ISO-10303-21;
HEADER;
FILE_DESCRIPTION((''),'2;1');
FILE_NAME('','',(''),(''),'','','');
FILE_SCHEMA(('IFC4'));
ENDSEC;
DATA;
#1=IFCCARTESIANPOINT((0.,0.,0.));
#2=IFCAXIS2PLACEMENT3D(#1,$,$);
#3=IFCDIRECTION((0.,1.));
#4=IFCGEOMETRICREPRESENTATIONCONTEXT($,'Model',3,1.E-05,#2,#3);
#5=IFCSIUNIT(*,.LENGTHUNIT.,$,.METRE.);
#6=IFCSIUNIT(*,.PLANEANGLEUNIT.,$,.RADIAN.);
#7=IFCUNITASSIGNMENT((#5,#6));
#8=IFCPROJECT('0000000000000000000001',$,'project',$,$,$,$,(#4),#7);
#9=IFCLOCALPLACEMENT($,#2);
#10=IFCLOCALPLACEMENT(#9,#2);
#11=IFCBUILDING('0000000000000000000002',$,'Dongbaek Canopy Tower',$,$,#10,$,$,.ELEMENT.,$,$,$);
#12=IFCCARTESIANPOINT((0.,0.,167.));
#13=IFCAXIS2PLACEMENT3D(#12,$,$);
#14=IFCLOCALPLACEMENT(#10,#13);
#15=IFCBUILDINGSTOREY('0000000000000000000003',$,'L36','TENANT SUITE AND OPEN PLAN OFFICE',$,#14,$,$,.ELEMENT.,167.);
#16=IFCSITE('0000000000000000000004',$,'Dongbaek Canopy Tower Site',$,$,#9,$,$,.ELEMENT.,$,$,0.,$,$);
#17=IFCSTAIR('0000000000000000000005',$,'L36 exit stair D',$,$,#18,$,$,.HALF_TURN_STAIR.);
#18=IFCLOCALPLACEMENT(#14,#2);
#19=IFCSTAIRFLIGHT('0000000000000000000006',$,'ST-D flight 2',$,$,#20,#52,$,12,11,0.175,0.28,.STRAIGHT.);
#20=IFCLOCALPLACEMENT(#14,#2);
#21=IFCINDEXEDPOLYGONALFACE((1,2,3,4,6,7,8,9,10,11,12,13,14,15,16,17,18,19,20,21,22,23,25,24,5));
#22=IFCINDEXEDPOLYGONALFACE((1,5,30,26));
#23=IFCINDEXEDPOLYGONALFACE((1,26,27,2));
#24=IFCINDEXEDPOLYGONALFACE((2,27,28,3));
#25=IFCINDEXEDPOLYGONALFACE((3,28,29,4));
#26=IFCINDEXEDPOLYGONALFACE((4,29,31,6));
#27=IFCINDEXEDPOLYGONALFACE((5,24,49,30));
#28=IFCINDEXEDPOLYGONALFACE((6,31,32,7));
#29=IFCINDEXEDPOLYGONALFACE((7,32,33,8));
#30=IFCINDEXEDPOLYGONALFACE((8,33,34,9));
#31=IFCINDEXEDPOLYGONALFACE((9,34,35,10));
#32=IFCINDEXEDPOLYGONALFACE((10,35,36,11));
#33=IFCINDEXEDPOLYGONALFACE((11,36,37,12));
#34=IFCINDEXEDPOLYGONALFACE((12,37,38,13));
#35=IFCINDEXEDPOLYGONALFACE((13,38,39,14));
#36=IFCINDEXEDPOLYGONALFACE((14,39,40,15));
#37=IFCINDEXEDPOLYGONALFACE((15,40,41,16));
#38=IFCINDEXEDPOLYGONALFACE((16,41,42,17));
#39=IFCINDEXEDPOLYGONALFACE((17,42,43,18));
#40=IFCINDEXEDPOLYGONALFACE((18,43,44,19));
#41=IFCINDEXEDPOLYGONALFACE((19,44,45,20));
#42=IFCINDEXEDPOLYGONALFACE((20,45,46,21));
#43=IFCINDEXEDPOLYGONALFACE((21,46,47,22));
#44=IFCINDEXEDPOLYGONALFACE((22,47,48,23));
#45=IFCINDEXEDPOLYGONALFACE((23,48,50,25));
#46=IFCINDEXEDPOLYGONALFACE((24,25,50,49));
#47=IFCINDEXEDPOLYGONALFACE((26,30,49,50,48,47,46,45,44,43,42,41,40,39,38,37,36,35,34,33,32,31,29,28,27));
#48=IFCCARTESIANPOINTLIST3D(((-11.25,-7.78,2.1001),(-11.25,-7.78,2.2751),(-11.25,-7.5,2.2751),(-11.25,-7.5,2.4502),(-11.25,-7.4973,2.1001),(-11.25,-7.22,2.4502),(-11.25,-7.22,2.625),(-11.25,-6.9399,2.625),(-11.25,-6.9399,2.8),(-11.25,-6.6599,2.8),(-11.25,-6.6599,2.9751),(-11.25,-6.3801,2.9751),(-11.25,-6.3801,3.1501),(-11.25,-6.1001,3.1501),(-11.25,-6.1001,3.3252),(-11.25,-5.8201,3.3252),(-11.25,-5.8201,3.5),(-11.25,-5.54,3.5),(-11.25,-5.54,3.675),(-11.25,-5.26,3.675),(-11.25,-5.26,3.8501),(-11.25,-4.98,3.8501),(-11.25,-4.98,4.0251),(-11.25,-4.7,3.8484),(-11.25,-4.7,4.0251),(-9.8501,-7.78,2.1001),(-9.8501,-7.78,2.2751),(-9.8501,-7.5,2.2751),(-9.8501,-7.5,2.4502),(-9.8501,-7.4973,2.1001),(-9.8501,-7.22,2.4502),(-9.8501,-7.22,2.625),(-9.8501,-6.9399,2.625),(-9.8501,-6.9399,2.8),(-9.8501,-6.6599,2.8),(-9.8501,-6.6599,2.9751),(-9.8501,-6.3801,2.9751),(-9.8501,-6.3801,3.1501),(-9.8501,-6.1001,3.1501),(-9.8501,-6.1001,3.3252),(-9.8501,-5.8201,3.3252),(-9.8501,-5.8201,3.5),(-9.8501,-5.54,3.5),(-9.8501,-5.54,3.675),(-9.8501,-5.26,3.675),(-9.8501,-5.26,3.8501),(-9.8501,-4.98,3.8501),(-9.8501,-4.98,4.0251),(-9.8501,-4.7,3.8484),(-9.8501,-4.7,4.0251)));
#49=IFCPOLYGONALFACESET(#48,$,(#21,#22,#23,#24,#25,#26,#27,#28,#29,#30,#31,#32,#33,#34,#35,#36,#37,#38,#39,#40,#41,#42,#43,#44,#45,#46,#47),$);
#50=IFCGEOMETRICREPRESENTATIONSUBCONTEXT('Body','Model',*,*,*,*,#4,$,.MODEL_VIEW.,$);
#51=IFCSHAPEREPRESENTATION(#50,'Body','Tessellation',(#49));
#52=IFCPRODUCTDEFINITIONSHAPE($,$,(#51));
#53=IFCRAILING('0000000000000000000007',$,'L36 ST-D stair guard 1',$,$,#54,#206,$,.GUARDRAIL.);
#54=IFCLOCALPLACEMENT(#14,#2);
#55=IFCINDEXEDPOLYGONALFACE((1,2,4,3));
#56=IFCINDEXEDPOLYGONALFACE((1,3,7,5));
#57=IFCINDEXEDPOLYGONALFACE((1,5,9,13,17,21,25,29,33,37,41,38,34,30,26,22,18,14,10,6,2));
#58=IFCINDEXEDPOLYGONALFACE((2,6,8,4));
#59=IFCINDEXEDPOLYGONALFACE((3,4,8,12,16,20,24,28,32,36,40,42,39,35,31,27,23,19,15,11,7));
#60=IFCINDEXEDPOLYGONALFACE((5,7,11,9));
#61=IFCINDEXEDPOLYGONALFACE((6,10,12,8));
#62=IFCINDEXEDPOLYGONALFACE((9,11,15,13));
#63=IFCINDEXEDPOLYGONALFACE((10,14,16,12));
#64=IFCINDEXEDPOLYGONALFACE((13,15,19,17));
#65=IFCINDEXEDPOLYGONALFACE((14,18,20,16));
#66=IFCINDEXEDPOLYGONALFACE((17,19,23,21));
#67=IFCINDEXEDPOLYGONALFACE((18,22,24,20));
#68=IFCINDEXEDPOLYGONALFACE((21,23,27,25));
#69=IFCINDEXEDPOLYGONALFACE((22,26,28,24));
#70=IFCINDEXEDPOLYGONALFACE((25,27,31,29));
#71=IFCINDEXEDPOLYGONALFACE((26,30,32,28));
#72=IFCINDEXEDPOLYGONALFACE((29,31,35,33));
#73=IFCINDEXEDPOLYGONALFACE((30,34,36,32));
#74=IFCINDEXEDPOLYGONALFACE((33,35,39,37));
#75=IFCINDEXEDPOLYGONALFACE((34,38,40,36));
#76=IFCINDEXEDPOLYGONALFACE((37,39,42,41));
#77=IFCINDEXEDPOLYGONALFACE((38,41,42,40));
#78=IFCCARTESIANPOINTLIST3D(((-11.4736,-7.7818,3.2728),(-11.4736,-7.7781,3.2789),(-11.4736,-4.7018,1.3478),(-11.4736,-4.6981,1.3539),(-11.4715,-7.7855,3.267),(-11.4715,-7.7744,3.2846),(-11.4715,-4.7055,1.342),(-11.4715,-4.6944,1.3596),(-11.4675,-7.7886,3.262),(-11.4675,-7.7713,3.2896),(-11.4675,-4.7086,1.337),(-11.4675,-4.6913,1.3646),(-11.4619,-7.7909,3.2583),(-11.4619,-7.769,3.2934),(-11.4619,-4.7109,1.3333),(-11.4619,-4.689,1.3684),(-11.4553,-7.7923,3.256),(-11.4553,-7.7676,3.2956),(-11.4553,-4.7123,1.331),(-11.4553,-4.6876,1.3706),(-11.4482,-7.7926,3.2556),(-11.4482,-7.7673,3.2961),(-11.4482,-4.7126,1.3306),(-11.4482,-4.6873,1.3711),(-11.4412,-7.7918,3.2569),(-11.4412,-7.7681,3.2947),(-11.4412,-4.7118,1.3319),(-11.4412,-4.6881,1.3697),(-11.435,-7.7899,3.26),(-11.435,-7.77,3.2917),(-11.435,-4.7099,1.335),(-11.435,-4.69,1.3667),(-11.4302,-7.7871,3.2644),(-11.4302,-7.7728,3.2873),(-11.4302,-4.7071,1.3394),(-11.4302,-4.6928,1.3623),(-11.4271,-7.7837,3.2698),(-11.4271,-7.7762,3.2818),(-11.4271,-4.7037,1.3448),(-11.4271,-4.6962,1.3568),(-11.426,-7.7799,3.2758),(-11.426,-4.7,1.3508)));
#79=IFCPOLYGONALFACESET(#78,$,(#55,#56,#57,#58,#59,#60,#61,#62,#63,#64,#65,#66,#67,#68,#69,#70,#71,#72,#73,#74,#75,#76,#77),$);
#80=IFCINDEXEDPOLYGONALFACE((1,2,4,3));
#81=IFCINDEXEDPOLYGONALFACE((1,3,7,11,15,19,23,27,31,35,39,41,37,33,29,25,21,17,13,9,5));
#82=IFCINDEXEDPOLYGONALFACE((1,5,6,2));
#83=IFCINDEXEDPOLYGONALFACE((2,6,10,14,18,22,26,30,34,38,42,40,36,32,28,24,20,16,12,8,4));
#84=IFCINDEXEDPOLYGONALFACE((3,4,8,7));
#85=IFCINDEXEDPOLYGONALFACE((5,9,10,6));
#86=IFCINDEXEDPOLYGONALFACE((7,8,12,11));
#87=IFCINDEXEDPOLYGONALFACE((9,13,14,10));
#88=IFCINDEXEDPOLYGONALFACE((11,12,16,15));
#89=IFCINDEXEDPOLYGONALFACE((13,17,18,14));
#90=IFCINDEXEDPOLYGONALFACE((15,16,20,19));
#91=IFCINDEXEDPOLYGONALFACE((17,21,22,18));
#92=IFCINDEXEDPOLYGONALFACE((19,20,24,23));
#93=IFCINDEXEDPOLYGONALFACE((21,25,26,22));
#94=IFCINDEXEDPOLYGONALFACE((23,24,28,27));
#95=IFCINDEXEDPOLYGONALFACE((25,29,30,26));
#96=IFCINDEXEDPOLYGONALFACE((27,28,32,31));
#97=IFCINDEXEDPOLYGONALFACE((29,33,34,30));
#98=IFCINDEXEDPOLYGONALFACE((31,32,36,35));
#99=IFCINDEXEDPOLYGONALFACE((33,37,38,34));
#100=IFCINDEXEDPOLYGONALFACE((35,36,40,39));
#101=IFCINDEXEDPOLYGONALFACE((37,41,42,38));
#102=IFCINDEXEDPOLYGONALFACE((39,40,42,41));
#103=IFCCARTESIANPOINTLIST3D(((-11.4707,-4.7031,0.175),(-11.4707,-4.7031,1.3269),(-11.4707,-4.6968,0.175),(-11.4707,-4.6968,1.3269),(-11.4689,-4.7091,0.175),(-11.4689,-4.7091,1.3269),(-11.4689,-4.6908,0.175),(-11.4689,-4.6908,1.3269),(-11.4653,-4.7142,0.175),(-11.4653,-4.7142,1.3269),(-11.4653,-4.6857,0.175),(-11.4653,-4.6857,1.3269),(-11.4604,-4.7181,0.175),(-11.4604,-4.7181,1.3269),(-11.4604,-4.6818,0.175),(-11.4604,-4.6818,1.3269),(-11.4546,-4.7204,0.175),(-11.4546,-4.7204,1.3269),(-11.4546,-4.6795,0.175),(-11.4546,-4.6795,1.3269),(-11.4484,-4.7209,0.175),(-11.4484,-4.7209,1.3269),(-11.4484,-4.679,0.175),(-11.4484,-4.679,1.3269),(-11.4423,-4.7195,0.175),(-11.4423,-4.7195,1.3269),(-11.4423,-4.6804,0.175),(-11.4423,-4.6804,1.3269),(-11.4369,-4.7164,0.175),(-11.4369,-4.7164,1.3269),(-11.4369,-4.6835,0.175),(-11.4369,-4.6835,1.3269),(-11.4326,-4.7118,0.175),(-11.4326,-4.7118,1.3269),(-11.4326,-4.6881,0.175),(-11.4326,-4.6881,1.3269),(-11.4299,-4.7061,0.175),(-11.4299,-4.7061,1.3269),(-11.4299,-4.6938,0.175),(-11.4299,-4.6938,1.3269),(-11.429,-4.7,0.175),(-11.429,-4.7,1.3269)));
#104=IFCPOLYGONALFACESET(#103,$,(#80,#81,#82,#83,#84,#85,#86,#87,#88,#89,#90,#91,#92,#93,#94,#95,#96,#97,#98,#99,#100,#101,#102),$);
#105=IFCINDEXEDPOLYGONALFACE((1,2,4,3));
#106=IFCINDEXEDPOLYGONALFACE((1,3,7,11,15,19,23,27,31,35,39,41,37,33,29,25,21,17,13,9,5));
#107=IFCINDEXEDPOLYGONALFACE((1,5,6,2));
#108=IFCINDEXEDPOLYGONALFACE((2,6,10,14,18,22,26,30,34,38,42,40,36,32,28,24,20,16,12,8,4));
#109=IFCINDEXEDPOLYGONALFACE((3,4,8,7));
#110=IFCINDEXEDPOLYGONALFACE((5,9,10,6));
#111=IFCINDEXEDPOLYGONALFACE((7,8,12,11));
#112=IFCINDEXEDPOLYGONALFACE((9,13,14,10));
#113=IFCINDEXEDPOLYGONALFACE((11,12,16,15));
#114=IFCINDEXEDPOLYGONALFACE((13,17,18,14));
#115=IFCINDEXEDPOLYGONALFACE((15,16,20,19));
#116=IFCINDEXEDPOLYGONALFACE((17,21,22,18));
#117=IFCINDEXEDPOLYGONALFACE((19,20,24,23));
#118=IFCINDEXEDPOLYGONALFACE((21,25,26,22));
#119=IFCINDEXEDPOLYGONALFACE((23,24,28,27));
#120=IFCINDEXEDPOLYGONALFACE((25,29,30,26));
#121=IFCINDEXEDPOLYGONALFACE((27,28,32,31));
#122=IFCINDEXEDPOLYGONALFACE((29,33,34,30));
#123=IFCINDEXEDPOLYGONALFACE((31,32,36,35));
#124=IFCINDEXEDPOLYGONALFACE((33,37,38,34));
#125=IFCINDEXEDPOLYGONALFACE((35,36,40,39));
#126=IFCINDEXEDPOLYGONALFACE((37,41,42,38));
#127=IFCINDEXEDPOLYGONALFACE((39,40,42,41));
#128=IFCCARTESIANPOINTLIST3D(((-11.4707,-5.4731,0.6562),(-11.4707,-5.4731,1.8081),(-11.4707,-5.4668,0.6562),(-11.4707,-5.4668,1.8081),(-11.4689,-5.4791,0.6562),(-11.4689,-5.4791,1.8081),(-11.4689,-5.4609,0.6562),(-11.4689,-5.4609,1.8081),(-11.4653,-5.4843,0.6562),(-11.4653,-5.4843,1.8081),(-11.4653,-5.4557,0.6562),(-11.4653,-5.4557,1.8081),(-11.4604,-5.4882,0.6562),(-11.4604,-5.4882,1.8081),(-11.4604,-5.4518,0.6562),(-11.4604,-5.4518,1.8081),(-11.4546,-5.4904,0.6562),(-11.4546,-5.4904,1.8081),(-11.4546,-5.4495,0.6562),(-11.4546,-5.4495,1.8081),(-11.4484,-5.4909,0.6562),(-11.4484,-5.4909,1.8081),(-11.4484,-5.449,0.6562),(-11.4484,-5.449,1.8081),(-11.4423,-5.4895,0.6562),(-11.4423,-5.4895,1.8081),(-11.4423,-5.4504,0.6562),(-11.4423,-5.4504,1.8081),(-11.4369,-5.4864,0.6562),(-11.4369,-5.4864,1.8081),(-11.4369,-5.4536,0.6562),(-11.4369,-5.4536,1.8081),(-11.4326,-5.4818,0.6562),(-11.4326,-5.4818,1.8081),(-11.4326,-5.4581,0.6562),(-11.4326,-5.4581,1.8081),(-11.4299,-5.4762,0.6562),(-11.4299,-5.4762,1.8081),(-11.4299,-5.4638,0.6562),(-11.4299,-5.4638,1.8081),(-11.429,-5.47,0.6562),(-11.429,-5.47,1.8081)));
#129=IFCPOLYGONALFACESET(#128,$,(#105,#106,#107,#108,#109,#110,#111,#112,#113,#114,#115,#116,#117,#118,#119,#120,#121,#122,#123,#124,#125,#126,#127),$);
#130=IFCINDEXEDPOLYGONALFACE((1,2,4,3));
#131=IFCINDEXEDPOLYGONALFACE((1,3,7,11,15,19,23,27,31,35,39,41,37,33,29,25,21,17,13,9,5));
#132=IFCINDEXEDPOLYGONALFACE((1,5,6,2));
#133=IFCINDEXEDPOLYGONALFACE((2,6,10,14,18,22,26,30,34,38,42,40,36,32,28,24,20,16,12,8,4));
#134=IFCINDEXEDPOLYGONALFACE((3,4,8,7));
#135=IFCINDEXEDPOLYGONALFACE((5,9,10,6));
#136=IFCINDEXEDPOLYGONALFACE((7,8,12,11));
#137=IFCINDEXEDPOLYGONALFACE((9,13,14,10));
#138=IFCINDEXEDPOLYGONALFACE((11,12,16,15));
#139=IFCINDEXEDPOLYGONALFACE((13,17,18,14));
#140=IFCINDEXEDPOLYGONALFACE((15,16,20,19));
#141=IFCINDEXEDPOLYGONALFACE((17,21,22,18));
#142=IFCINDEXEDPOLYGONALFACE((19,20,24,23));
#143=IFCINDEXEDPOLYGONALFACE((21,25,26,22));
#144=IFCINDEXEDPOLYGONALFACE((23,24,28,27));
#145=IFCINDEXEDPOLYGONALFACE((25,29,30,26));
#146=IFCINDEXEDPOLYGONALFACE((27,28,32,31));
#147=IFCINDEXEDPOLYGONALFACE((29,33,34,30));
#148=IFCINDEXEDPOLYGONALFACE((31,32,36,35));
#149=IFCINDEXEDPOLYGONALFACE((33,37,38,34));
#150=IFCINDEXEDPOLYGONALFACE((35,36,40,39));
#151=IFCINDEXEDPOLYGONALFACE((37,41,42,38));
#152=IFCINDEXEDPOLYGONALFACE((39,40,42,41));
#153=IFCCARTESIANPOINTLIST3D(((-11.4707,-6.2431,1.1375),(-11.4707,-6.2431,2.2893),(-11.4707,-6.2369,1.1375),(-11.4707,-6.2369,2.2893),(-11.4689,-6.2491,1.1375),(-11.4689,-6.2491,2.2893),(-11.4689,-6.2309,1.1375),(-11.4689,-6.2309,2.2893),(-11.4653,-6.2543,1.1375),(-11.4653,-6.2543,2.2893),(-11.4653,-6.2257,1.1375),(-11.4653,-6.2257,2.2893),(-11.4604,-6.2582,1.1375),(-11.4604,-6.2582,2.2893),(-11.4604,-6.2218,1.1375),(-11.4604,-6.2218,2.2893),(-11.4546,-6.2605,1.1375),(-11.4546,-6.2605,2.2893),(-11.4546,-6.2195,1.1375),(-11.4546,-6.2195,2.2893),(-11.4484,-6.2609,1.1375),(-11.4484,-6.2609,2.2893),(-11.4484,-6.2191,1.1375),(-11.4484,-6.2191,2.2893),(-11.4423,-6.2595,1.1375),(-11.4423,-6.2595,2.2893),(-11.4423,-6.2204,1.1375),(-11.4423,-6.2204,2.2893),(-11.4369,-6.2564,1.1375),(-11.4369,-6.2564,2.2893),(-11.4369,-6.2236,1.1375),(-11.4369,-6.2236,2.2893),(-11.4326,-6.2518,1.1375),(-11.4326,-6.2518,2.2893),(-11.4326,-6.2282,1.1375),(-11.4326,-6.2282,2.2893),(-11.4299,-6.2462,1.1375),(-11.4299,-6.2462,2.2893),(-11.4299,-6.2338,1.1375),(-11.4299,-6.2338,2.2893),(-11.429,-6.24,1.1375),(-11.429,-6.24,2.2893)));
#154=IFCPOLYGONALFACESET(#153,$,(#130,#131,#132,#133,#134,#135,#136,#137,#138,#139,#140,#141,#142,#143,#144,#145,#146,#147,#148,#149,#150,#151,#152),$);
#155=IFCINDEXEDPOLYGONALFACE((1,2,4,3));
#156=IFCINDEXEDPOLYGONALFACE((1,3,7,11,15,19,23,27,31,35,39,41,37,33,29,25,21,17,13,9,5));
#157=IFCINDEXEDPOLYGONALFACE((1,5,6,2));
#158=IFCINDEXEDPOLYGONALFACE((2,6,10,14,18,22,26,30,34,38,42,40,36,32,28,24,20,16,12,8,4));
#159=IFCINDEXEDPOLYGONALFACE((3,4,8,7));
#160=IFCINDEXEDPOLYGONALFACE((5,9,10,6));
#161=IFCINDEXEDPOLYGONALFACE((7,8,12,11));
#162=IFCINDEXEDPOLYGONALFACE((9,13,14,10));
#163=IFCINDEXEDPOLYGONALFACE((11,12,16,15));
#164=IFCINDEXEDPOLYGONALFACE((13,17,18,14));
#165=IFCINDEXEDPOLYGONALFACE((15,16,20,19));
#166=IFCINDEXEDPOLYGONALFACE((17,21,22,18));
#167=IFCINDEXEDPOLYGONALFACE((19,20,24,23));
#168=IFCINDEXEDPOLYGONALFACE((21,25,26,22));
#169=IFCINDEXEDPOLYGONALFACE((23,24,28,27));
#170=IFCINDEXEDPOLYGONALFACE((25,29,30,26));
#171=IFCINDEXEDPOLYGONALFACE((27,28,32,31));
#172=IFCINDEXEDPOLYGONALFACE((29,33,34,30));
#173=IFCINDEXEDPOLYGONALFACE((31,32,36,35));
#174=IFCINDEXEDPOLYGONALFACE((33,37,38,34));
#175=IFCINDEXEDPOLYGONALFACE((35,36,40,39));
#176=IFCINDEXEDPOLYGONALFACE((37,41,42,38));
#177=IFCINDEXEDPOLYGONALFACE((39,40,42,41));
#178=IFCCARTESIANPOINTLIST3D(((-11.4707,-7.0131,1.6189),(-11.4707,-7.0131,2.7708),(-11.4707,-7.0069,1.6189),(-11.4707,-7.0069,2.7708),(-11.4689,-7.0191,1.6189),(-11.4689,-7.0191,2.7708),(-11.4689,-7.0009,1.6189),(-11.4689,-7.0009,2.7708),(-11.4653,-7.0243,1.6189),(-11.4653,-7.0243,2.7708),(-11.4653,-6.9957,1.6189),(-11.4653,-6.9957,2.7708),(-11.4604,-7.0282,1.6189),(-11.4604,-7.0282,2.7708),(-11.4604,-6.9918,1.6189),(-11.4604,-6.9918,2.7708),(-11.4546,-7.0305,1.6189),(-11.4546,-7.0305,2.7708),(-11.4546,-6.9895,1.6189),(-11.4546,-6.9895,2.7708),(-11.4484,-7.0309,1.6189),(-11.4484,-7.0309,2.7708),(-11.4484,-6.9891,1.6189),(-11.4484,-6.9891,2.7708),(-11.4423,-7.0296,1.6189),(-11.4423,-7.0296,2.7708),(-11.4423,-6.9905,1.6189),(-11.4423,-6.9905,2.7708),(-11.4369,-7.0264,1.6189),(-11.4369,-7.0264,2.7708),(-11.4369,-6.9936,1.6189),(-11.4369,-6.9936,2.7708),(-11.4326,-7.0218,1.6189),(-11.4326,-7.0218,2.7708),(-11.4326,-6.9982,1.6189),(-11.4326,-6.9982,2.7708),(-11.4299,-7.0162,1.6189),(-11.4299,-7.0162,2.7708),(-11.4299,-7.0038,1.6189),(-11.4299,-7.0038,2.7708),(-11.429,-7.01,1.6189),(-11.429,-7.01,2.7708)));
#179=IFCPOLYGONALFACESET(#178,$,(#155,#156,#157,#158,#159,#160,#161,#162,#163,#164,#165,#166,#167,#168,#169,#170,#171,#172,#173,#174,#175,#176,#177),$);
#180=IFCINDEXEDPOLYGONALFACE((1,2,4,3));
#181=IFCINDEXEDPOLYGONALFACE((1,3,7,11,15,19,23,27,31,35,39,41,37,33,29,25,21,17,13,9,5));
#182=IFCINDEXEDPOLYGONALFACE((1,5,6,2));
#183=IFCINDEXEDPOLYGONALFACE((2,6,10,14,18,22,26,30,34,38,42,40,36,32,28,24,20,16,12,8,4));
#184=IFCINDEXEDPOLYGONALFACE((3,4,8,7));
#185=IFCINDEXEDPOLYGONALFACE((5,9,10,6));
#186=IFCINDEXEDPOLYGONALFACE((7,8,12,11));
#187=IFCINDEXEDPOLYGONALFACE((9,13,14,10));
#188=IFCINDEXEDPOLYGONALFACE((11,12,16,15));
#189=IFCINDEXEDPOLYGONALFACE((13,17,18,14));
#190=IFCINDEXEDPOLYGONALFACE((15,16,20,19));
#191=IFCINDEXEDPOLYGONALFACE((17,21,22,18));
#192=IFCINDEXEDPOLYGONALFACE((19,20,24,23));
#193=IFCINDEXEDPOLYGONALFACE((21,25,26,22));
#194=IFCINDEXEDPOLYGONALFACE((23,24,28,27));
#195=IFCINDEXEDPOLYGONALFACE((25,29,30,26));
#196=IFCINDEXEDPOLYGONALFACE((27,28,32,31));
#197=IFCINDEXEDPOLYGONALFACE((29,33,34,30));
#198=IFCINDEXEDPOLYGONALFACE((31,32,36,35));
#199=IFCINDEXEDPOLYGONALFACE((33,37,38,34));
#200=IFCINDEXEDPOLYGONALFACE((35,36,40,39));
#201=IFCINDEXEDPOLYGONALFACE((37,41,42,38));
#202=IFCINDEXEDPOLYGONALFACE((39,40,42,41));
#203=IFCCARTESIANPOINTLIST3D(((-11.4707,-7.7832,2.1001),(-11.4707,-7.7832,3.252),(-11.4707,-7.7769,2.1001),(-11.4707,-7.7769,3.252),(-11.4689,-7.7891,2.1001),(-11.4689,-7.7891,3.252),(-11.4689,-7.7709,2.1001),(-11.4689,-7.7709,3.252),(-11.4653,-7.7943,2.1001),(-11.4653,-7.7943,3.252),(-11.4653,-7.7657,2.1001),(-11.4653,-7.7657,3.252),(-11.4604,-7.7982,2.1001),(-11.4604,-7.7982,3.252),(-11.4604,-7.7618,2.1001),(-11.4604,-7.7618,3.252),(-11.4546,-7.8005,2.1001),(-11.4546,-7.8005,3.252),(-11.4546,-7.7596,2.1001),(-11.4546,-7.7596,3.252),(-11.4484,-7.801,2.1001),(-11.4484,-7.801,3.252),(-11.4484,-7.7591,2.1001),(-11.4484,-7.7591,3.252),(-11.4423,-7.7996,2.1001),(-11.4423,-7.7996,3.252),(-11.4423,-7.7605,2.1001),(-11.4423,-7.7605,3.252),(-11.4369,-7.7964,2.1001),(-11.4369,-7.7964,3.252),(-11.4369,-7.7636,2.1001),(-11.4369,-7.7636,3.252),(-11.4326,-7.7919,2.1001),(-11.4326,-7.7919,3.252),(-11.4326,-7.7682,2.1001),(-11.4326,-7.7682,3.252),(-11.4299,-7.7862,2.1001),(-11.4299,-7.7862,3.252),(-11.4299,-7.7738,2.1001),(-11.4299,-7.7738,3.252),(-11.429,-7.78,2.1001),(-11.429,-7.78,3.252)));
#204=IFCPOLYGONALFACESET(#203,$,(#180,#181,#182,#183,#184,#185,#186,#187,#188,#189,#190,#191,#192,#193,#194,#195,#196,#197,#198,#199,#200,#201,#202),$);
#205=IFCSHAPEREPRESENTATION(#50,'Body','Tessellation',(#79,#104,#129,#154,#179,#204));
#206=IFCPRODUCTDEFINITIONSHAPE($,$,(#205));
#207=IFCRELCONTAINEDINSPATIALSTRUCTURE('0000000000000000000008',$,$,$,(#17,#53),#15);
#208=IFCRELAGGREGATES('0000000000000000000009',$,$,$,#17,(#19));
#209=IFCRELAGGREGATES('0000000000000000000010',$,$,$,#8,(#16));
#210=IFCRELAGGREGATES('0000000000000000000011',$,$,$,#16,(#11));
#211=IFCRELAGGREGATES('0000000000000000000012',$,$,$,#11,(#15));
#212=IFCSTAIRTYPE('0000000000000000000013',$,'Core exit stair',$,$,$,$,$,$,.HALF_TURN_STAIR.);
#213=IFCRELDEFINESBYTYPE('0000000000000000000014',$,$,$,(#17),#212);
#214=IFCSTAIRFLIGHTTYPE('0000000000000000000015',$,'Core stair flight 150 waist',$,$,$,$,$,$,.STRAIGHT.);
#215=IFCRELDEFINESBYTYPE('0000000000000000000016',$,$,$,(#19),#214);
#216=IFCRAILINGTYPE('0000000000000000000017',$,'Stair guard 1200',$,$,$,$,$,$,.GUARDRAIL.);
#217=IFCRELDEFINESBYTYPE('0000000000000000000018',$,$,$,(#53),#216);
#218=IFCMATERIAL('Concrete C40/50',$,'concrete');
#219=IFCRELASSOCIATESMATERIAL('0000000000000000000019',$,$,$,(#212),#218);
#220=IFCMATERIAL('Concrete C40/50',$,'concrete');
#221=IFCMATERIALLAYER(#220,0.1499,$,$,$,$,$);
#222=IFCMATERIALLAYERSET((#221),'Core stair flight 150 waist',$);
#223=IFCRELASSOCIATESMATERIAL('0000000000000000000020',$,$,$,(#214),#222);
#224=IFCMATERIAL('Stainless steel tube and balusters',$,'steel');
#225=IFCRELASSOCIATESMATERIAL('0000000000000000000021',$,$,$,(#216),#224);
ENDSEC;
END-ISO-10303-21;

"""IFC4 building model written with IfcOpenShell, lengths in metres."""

from ifc_helpers import new_model, si_unit, direction, frame, origin, origin_2d, place, context, subcontext, project, spatial, polyline, circle, outline, extrude, material, layer, layer_set, type_object, element, aggregate, save


model = new_model("IFC4")

# Units and contexts
model_context = context("Model", 3, precision=1e-05, world=origin(), true_north=direction((0.0, 1.0)))
body_context = subcontext(model_context, "Body", "Model", "MODEL_VIEW")
ifc_project = project(units=[si_unit("LENGTHUNIT", "METRE"), si_unit("PLANEANGLEUNIT", "RADIAN")], contexts=[model_context])

# Site, building, storey
site_placement = place(None, origin())
site = spatial("IfcSite", under=ifc_project, at=site_placement, Name="Dongbaek Canopy Tower Site", CompositionType="ELEMENT", RefElevation=0.0)
building_placement = place(site_placement, origin())
building = spatial("IfcBuilding", under=site, at=building_placement, Name="Dongbaek Canopy Tower", CompositionType="ELEMENT")
storey_placement = place(building_placement, frame((0.0, 0.0, 167.0)))
storey = spatial("IfcBuildingStorey", under=building, at=storey_placement, Name="L36", Description="TENANT SUITE AND OPEN PLAN OFFICE", CompositionType="ELEMENT", Elevation=167.0)

# Stair, stair flight
ifc_material_1 = material(Name="Concrete C40/50", Category="concrete")
stair_type = type_object("IfcStairType", Name="Core exit stair", PredefinedType="HALF_TURN_STAIR", material=ifc_material_1)
stair_placement = place(storey_placement, origin())
stair = element("IfcStair", 1, at=stair_placement, inside=storey, type_object=stair_type, Name="L36 exit stair D", PredefinedType="HALF_TURN_STAIR")
ifc_material_2 = material(Name="Concrete C40/50", Category="concrete")
ifc_layer_1 = layer(ifc_material_2, 0.1499)
ifc_layer_set_1 = layer_set([ifc_layer_1], Name="Core stair flight 150 waist")
stair_flight_type = type_object("IfcStairFlightType", Name="Core stair flight 150 waist", PredefinedType="STRAIGHT", material=ifc_layer_set_1)
stair_flight_1_placement = place(storey_placement, frame((-10.55, -7.78, 2.1001), z_axis=(0.0, 0.0, 1.0), x_axis=(0.0, 1.0, 0.0)))
stair_flight_1 = element("IfcStairFlight", 2, at=stair_flight_1_placement, type_object=stair_flight_type, Name="ST-D flight 2", NumberOfRisers=12, NumberOfTreads=11, PredefinedType="STRAIGHT", RiserHeight=0.175, TreadLength=0.28, context=body_context, shape_type="SweptSolid", body=[
    extrude(outline(polyline([(0.0, 0.0), (0.0, 0.175), (0.28, 0.175), (0.28, 0.3501), (0.5601, 0.3501), (0.5601, 0.5249), (0.8401, 0.5249), (0.8401, 0.7), (1.1201, 0.7), (1.1201, 0.875), (1.3999, 0.875), (1.3999, 1.05), (1.6799, 1.05), (1.6799, 1.2251), (1.96, 1.2251), (1.96, 1.3999), (2.24, 1.3999), (2.24, 1.575), (2.52, 1.575), (2.52, 1.75), (2.8, 1.75), (2.8, 1.925), (3.0801, 1.925), (3.0801, 2.1001), (3.0801, 1.7483), (0.2827, 0.0), (0.0, 0.0)])), frame((0.0, 0.7, 0.0), z_axis=(0.0, -1.0, 0.0), x_axis=(1.0, 0.0, 0.0)), (0.0, 0.0, 1.0), 1.3999),
])
aggregate(stair, [stair_flight_1])

# Railing
ifc_material_3 = material(Name="Stainless steel tube and balusters", Category="steel")
railing_type_1 = type_object("IfcRailingType", Name="Stair guard 1200", PredefinedType="GUARDRAIL", material=ifc_material_3)
railing_1_placement = place(storey_placement, frame((-11.45, -4.7, 0.175)))
element("IfcRailing", 3, at=railing_1_placement, inside=storey, type_object=railing_type_1, Name="L36 ST-D stair guard 1", PredefinedType="GUARDRAIL", context=body_context, shape_type="SweptSolid", body=[
    extrude(circle(Radius=0.0239, at=origin_2d()), frame((0.0, 0.0, 1.1758), z_axis=(0.0, -0.847998, 0.529999), x_axis=(1.0, 0.0, 0.0)), (0.0, 0.0, 1.0), 3.6321),
    extrude(circle(Radius=0.021, at=origin_2d()), origin(), (0.0, 0.0, 1.0), 1.1519),
    extrude(circle(Radius=0.021, at=origin_2d()), frame((0.0, -0.77, 0.4812)), (0.0, 0.0, 1.0), 1.1519),
    extrude(circle(Radius=0.021, at=origin_2d()), frame((0.0, -1.54, 0.9624)), (0.0, 0.0, 1.0), 1.1519),
    extrude(circle(Radius=0.021, at=origin_2d()), frame((0.0, -2.3101, 1.4438)), (0.0, 0.0, 1.0), 1.1519),
    extrude(circle(Radius=0.021, at=origin_2d()), frame((0.0, -3.0801, 1.925)), (0.0, 0.0, 1.0), 1.1519),
])

save(model, "model.ifc")
